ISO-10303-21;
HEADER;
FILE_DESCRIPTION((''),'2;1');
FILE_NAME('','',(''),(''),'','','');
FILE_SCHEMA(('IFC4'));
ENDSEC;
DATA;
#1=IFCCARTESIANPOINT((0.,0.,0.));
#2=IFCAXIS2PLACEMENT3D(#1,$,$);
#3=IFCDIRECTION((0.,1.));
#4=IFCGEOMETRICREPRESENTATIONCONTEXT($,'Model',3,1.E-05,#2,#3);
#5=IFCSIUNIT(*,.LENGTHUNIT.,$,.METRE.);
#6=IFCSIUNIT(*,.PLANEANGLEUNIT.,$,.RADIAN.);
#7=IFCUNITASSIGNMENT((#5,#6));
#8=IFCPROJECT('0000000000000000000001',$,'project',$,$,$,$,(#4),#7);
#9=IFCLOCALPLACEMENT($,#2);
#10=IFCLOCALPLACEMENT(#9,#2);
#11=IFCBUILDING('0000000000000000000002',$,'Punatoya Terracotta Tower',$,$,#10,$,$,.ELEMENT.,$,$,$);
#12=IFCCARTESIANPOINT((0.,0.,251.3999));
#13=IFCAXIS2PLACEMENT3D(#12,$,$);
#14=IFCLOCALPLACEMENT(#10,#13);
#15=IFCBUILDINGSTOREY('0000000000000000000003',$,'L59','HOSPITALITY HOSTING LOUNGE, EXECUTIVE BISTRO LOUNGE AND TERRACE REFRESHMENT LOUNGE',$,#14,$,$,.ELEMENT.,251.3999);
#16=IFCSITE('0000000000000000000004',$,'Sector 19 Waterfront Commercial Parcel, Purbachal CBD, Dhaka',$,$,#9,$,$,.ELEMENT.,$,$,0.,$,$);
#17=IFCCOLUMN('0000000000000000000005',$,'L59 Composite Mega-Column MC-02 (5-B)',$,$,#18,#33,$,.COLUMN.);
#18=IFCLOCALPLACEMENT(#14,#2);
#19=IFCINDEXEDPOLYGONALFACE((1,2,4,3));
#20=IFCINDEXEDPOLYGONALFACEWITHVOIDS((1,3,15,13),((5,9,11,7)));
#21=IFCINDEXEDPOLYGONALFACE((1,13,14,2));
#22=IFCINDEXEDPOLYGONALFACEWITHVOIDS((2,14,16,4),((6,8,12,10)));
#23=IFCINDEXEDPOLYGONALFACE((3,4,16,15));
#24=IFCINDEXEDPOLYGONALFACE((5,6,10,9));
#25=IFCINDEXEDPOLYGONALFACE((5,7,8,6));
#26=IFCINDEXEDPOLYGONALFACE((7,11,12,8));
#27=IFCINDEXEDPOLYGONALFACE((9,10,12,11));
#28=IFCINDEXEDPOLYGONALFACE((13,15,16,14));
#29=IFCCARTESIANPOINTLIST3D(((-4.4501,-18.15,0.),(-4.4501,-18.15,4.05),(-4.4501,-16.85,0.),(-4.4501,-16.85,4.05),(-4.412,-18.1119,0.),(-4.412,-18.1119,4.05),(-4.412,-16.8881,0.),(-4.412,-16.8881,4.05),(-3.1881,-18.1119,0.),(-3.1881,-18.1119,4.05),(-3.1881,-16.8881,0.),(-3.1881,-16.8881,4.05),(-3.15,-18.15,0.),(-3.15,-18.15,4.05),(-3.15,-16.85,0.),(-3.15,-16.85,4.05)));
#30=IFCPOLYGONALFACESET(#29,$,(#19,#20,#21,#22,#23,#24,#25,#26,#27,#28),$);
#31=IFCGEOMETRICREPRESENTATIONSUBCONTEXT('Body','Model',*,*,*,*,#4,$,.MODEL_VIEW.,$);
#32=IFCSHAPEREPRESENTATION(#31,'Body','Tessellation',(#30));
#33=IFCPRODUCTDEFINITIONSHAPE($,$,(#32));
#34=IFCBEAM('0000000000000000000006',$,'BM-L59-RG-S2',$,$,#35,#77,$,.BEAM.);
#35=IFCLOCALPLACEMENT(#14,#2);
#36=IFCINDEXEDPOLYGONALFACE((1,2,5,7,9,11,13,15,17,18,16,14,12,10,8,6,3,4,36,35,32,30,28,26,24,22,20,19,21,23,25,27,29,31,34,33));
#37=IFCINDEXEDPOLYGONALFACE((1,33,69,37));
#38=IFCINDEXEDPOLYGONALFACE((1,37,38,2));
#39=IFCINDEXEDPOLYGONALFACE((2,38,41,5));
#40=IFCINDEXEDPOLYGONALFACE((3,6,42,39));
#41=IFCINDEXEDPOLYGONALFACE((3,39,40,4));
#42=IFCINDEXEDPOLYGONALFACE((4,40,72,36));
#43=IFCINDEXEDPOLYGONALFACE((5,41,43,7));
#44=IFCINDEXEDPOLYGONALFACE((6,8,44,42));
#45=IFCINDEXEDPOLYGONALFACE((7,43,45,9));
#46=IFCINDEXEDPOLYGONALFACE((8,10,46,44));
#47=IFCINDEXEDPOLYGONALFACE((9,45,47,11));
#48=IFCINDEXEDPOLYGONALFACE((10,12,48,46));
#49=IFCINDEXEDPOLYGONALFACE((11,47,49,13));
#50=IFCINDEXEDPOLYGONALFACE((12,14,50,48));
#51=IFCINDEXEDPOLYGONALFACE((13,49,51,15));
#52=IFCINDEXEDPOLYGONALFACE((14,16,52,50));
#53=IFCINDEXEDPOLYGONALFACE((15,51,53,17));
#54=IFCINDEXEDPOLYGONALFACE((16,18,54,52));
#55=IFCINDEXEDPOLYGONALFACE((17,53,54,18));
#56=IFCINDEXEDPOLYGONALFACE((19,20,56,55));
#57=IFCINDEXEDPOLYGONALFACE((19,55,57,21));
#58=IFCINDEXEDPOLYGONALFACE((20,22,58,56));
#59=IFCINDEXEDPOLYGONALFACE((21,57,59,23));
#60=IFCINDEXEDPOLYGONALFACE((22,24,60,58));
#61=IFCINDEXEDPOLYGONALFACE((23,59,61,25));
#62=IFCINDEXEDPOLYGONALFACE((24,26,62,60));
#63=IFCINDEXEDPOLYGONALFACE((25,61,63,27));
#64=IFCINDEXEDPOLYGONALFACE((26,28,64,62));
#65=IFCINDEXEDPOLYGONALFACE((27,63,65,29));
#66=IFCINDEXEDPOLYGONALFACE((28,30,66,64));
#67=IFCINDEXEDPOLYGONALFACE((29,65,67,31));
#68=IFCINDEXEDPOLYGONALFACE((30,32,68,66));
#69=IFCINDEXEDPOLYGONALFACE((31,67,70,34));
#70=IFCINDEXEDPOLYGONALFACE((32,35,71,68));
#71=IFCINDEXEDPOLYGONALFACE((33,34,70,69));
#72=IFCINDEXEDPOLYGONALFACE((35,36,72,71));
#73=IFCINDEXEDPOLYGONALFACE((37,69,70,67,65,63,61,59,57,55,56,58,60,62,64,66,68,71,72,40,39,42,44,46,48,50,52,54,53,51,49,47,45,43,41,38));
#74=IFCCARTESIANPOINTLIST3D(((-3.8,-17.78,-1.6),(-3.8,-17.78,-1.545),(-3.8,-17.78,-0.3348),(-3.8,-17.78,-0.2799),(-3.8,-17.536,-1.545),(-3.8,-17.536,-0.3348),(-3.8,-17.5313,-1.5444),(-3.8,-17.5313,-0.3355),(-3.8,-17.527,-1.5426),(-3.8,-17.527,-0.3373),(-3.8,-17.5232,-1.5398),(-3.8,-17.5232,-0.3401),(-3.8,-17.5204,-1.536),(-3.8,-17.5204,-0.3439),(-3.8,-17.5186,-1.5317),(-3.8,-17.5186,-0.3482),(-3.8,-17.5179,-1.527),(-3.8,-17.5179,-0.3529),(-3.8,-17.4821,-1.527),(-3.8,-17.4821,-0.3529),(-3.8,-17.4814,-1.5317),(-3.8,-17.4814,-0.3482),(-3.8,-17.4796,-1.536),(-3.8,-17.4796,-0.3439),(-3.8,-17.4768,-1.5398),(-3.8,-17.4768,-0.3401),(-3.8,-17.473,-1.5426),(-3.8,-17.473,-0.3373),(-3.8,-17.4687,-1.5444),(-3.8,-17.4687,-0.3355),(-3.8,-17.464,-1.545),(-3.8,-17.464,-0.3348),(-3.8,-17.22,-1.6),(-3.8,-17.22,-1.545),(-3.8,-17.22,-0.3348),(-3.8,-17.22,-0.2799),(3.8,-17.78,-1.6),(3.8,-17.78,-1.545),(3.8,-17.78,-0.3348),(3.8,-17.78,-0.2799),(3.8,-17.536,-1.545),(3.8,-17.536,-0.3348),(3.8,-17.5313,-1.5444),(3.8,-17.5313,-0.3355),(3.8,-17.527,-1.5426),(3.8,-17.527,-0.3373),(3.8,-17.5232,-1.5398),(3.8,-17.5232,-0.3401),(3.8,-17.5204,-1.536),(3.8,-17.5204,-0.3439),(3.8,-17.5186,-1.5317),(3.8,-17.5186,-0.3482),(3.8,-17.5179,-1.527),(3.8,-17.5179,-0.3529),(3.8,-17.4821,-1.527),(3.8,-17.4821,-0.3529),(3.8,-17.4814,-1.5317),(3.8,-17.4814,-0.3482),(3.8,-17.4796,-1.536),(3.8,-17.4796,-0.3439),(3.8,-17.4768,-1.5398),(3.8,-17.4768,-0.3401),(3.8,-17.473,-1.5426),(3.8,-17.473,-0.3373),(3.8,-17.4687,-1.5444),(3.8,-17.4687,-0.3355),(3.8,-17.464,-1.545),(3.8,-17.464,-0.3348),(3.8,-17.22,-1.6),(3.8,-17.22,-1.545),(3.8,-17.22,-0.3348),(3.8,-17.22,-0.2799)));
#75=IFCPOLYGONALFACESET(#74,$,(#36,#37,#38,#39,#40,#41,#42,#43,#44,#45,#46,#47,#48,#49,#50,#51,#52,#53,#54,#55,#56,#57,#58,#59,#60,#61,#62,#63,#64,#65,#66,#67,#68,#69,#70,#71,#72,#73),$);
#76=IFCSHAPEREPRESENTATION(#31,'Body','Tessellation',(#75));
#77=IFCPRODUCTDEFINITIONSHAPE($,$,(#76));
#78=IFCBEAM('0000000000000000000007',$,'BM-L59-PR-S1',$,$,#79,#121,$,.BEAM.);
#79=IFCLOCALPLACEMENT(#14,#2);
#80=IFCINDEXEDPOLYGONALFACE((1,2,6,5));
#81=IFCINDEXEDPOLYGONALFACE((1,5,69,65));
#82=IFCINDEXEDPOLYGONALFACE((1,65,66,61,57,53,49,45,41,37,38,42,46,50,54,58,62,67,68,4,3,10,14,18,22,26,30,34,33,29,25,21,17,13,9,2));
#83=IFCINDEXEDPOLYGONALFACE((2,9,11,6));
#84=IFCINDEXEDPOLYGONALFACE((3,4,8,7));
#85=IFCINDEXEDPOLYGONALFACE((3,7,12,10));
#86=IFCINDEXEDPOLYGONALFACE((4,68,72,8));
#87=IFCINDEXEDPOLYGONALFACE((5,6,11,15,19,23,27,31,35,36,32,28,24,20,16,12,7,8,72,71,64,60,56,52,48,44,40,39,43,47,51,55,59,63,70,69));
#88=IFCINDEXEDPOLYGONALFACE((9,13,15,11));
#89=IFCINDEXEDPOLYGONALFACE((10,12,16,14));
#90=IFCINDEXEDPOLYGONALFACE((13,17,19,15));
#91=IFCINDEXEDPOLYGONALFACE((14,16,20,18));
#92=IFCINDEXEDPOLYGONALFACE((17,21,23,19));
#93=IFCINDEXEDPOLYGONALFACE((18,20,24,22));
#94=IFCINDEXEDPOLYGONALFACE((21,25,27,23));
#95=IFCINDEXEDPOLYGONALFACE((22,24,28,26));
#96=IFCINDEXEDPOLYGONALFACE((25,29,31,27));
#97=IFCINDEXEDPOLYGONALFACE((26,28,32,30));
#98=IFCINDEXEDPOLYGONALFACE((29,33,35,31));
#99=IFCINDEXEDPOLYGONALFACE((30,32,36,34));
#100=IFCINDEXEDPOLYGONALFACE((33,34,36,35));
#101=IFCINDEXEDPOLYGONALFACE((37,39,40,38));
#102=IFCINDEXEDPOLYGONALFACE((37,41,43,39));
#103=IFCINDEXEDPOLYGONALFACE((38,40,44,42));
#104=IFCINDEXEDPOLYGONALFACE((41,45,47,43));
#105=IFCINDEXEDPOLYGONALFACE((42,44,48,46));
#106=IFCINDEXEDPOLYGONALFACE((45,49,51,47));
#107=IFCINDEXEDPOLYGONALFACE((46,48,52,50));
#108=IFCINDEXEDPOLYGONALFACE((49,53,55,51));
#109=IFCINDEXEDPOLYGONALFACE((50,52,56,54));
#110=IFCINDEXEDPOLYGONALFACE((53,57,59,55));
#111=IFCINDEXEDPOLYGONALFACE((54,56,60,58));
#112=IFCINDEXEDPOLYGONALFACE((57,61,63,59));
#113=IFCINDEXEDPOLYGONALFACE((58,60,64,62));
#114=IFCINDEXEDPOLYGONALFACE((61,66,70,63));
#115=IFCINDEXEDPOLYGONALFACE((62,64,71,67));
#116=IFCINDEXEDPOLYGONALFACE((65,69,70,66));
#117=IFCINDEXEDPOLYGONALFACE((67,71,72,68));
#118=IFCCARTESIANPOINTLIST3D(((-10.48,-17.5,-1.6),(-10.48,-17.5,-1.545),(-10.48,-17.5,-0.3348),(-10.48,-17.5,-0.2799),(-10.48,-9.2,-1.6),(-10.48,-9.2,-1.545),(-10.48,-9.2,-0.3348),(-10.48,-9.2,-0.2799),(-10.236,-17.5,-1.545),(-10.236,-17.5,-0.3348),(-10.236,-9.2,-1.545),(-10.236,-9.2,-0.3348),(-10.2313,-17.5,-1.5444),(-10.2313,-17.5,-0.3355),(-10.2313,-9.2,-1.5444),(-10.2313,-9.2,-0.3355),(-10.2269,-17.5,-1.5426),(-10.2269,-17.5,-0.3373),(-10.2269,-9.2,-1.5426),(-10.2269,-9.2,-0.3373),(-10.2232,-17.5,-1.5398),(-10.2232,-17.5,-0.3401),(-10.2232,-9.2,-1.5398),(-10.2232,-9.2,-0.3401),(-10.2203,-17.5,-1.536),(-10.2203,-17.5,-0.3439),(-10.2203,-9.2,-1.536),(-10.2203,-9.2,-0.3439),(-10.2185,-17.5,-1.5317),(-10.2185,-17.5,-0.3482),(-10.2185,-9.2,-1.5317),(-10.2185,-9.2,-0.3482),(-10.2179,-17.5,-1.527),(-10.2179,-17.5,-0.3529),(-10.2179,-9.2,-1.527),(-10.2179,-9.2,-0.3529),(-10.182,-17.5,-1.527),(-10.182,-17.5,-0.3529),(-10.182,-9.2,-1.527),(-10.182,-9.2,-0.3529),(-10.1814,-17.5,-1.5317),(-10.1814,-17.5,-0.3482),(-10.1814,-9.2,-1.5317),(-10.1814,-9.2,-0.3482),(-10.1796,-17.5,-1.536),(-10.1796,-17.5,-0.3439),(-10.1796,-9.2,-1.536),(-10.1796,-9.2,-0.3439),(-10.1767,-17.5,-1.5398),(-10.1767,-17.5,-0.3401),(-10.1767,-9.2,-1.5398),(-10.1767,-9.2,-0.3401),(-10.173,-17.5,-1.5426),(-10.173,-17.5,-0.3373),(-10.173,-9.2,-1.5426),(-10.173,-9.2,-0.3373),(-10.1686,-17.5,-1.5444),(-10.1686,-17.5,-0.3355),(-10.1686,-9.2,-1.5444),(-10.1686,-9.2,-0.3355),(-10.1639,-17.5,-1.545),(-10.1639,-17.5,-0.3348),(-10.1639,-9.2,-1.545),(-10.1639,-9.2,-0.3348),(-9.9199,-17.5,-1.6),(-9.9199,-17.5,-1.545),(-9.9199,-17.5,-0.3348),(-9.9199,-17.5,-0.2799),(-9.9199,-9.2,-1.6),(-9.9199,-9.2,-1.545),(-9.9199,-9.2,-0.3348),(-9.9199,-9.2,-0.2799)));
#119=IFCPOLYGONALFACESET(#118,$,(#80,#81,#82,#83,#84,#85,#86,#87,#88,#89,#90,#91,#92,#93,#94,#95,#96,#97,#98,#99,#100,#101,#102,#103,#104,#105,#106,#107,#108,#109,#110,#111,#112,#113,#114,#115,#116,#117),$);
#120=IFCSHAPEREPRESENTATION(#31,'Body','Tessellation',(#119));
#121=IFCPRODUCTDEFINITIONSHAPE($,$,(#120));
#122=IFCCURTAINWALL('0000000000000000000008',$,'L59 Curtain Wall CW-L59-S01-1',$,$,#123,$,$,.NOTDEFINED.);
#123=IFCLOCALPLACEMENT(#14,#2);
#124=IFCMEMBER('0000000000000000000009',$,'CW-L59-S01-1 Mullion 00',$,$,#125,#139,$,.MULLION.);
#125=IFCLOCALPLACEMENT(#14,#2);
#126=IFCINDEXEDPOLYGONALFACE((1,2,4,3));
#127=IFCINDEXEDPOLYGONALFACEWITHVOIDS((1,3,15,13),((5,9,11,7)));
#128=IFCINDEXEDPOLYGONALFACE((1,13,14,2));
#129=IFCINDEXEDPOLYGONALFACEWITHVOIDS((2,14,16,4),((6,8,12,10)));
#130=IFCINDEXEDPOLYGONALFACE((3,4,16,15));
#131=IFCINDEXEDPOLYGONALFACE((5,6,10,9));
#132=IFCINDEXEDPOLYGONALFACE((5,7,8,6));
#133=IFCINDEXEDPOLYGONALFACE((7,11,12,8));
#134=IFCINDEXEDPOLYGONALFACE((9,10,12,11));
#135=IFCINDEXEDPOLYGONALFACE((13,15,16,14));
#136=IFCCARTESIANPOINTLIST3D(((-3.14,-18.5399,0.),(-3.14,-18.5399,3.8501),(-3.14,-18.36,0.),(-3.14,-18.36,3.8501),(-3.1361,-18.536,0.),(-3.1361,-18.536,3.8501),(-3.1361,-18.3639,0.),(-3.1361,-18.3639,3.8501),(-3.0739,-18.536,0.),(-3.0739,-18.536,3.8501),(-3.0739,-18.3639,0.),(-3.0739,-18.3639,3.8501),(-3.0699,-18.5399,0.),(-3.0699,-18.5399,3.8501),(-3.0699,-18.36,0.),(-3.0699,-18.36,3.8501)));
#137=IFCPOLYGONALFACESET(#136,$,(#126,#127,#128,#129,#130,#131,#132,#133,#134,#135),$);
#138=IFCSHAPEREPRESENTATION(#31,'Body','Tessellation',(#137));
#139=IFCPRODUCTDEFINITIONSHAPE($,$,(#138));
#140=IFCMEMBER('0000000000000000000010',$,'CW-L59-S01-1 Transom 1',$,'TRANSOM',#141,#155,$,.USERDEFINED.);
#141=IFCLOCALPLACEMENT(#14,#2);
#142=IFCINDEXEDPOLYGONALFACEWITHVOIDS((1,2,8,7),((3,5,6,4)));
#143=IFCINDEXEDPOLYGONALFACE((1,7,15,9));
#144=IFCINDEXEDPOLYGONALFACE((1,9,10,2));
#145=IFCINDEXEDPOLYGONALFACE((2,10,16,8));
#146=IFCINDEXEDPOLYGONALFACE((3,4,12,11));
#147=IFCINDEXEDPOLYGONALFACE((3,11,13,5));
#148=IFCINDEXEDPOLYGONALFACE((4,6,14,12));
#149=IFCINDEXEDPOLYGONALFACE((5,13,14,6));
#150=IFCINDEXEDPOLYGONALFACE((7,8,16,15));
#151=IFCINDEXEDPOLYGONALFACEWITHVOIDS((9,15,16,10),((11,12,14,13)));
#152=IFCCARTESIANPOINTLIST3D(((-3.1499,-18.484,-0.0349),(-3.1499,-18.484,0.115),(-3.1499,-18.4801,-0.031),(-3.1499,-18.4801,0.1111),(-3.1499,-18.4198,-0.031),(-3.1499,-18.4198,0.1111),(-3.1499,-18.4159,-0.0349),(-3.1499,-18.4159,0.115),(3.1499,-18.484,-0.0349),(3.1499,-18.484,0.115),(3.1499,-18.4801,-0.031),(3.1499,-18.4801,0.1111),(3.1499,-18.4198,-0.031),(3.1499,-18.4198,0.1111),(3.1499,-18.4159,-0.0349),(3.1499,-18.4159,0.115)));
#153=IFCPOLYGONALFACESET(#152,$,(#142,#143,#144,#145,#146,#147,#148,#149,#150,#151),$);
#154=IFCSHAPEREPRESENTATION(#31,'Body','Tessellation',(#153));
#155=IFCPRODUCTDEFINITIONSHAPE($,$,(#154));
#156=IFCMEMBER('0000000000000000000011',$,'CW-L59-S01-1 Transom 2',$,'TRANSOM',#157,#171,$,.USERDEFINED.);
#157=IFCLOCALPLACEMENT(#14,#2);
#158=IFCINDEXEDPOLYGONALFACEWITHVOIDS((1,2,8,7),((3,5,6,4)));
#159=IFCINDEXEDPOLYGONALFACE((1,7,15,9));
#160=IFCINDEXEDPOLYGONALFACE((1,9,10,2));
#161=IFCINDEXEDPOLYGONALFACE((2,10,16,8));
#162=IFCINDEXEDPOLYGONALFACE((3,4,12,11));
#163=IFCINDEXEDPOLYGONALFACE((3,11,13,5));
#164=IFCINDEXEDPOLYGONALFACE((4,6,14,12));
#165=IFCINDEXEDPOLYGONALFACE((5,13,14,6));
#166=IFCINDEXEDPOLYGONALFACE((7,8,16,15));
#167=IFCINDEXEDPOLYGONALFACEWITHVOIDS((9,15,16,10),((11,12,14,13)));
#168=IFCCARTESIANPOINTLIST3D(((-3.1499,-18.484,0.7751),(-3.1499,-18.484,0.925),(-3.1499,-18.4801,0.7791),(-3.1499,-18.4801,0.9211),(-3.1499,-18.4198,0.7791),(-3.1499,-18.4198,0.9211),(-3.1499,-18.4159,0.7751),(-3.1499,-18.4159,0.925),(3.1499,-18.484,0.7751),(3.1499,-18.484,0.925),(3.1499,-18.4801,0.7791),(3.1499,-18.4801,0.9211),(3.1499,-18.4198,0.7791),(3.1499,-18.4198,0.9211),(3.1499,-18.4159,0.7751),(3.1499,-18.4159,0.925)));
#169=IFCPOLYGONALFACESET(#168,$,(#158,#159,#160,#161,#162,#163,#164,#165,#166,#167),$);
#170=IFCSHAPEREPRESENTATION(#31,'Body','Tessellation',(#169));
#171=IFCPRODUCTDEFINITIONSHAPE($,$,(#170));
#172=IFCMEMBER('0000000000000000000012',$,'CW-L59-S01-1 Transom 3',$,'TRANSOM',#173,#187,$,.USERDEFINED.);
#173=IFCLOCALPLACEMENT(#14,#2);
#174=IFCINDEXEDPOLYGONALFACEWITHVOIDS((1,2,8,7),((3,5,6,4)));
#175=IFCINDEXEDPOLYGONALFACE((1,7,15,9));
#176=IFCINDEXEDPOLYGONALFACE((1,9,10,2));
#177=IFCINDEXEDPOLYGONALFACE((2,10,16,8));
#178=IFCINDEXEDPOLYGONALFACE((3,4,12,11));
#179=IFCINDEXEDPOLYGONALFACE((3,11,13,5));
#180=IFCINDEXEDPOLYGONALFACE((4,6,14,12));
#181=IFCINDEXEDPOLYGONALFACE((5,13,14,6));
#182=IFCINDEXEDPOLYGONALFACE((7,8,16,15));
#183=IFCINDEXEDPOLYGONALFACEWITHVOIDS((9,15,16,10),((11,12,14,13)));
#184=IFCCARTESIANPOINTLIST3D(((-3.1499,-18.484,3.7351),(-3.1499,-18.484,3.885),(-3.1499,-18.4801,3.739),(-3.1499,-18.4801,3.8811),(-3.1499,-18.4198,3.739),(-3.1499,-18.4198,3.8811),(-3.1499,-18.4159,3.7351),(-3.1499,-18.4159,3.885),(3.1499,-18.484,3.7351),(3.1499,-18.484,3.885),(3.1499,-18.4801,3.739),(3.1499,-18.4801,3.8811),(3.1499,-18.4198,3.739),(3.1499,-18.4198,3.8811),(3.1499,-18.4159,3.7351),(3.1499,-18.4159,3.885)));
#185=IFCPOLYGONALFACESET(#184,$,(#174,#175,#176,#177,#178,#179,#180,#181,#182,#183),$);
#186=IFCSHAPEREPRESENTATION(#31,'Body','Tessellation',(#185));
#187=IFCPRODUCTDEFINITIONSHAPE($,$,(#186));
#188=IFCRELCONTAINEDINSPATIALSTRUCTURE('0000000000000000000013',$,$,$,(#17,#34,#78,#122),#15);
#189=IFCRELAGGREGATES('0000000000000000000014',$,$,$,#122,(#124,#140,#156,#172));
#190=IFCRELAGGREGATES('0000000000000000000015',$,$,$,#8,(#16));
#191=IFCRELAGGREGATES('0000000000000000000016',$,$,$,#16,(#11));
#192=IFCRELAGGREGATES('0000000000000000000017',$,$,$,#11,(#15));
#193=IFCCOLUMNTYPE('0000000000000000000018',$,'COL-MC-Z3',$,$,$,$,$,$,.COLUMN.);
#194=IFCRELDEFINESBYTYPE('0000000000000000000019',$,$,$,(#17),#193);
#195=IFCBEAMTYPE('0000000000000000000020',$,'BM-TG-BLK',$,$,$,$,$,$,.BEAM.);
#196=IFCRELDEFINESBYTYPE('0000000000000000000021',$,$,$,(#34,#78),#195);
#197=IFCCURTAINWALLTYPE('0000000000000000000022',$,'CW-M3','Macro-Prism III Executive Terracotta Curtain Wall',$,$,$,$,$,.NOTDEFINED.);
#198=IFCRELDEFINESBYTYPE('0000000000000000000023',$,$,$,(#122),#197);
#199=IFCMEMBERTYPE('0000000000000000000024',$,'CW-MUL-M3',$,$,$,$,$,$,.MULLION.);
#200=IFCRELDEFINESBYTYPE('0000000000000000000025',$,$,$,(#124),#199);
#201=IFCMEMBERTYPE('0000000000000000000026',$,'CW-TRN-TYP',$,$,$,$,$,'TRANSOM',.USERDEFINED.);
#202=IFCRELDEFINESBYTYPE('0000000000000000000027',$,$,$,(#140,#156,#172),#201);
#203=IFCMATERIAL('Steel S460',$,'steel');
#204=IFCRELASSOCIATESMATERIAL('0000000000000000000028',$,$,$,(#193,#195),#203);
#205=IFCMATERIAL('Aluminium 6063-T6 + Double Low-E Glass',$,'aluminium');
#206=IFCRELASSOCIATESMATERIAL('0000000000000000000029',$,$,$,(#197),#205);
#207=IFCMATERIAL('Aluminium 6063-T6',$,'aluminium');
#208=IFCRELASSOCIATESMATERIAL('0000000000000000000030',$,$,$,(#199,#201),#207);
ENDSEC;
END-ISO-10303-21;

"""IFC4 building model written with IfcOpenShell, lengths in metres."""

from ifc_helpers import new_model, si_unit, direction, frame, origin, origin_2d, place, context, subcontext, project, spatial, hollow_rectangle, i_section, extrude, material, material_profile, profile_set, type_object, element, aggregate, save


model = new_model("IFC4")

# Units and contexts
model_context = context("Model", 3, precision=1e-05, world=origin(), true_north=direction((0.0, 1.0)))
body_context = subcontext(model_context, "Body", "Model", "MODEL_VIEW")
ifc_project = project(units=[si_unit("LENGTHUNIT", "METRE"), si_unit("PLANEANGLEUNIT", "RADIAN")], contexts=[model_context])

# Site, building, storey
site_placement = place(None, origin())
site = spatial("IfcSite", under=ifc_project, at=site_placement, Name="Sector 19 Waterfront Commercial Parcel, Purbachal CBD, Dhaka", CompositionType="ELEMENT", RefElevation=0.0)
building_placement = place(site_placement, origin())
building = spatial("IfcBuilding", under=site, at=building_placement, Name="Punatoya Terracotta Tower", CompositionType="ELEMENT")
storey_placement = place(building_placement, frame((0.0, 0.0, 251.3999)))
storey = spatial("IfcBuildingStorey", under=building, at=storey_placement, Name="L59", Description="HOSPITALITY HOSTING LOUNGE, EXECUTIVE BISTRO LOUNGE AND TERRACE REFRESHMENT LOUNGE", CompositionType="ELEMENT", Elevation=251.3999)

# Column
ifc_material_1 = material(Name="Steel S460", Category="steel")
ifc_material_profile_1 = material_profile(ifc_material_1, hollow_rectangle(XDim=1.3, YDim=1.3, WallThickness=0.0381, at=origin_2d()))
ifc_profile_set_1 = profile_set([ifc_material_profile_1], Name="Steel S460")
column_type = type_object("IfcColumnType", Name="COL-MC-Z3", PredefinedType="COLUMN", material=ifc_profile_set_1)
column_placement = place(storey_placement, frame((-3.8, -17.5, 0.0), z_axis=(0.0, 0.0, 1.0), x_axis=(1.0, 0.0, 0.0)))
element("IfcColumn", 1, at=column_placement, inside=storey, type_object=column_type, Name="L59 Composite Mega-Column MC-02 (5-B)", PredefinedType="COLUMN", context=body_context, shape_type="SweptSolid", body=[
    extrude(hollow_rectangle(XDim=1.3, YDim=1.3, WallThickness=0.0381, at=origin_2d()), origin(), (0.0, 0.0, 1.0), 4.05),
])

# Beams
ifc_material_profile_2 = material_profile(ifc_material_1, i_section(OverallWidth=0.5601, OverallDepth=1.3201, WebThickness=0.0359, FlangeThickness=0.0549, FilletRadius=0.0181, at=origin_2d()))
ifc_profile_set_2 = profile_set([ifc_material_profile_2], Name="Steel S460")
beam_type = type_object("IfcBeamType", Name="BM-TG-BLK", PredefinedType="BEAM", material=ifc_profile_set_2)
beam_1_placement = place(storey_placement, frame((-3.8, -17.5, -0.9399), z_axis=(1.0, 0.0, 0.0), x_axis=(0.0, 1.0, 0.0)))
element("IfcBeam", 2, at=beam_1_placement, inside=storey, type_object=beam_type, Name="BM-L59-RG-S2", PredefinedType="BEAM", context=body_context, shape_type="SweptSolid", body=[
    extrude(i_section(OverallWidth=0.5601, OverallDepth=1.3201, WebThickness=0.0359, FlangeThickness=0.0549, FilletRadius=0.0181, at=origin_2d()), origin(), (0.0, 0.0, 1.0), 7.6001),
])
beam_2_placement = place(storey_placement, frame((-10.2, -17.5, -0.9399), z_axis=(0.0, 1.0, 0.0), x_axis=(-1.0, 0.0, 0.0)))
element("IfcBeam", 3, at=beam_2_placement, inside=storey, type_object=beam_type, Name="BM-L59-PR-S1", PredefinedType="BEAM", context=body_context, shape_type="SweptSolid", body=[
    extrude(i_section(OverallWidth=0.5601, OverallDepth=1.3201, WebThickness=0.0359, FlangeThickness=0.0549, FilletRadius=0.0181, at=origin_2d()), origin(), (0.0, 0.0, 1.0), 8.3),
])

# Curtain wall, members
ifc_material_2 = material(Name="Aluminium 6063-T6 + Double Low-E Glass", Category="aluminium")
curtain_wall_type = type_object("IfcCurtainWallType", Name="CW-M3", Description="Macro-Prism III Executive Terracotta Curtain Wall", PredefinedType="NOTDEFINED", material=ifc_material_2)
curtain_wall_placement = place(storey_placement, origin())
curtain_wall = element("IfcCurtainWall", 4, at=curtain_wall_placement, inside=storey, type_object=curtain_wall_type, Name="L59 Curtain Wall CW-L59-S01-1", PredefinedType="NOTDEFINED")
ifc_material_3 = material(Name="Aluminium 6063-T6", Category="aluminium")
ifc_material_profile_3 = material_profile(ifc_material_3, hollow_rectangle(XDim=0.0701, YDim=0.1799, WallThickness=0.0039, at=origin_2d()))
ifc_profile_set_3 = profile_set([ifc_material_profile_3], Name="Aluminium 6063-T6")
member_type_1 = type_object("IfcMemberType", Name="CW-MUL-M3", PredefinedType="MULLION", material=ifc_profile_set_3)
member_1_placement = place(storey_placement, frame((-3.105, -18.45, 0.0), z_axis=(0.0, 0.0, 1.0), x_axis=(1.0, 0.0, 0.0)))
member_1 = element("IfcMember", 5, at=member_1_placement, type_object=member_type_1, Name="CW-L59-S01-1 Mullion 00", PredefinedType="MULLION", context=body_context, shape_type="SweptSolid", body=[
    extrude(hollow_rectangle(XDim=0.0701, YDim=0.1799, WallThickness=0.0039, at=origin_2d()), origin(), (0.0, 0.0, 1.0), 3.8501),
])
ifc_material_profile_4 = material_profile(ifc_material_3, hollow_rectangle(XDim=0.0681, YDim=0.1499, WallThickness=0.0039, at=origin_2d()))
ifc_profile_set_4 = profile_set([ifc_material_profile_4], Name="Aluminium 6063-T6")
member_type_2 = type_object("IfcMemberType", Name="CW-TRN-TYP", ElementType="TRANSOM", PredefinedType="USERDEFINED", material=ifc_profile_set_4)
member_2_placement = place(storey_placement, frame((-3.1499, -18.45, 0.04), z_axis=(1.0, 0.0, 0.0), x_axis=(0.0, 1.0, 0.0)))
member_2 = element("IfcMember", 6, at=member_2_placement, type_object=member_type_2, Name="CW-L59-S01-1 Transom 1", ObjectType="TRANSOM", PredefinedType="USERDEFINED", context=body_context, shape_type="SweptSolid", body=[
    extrude(hollow_rectangle(XDim=0.0681, YDim=0.1499, WallThickness=0.0039, at=origin_2d()), origin(), (0.0, 0.0, 1.0), 6.2998),
])
member_3_placement = place(storey_placement, frame((-3.1499, -18.45, 0.8501), z_axis=(1.0, 0.0, 0.0), x_axis=(0.0, 1.0, 0.0)))
member_3 = element("IfcMember", 7, at=member_3_placement, type_object=member_type_2, Name="CW-L59-S01-1 Transom 2", ObjectType="TRANSOM", PredefinedType="USERDEFINED", context=body_context, shape_type="SweptSolid", body=[
    extrude(hollow_rectangle(XDim=0.0681, YDim=0.1499, WallThickness=0.0039, at=origin_2d()), origin(), (0.0, 0.0, 1.0), 6.2998),
])
member_4_placement = place(storey_placement, frame((-3.1499, -18.45, 3.8101), z_axis=(1.0, 0.0, 0.0), x_axis=(0.0, 1.0, 0.0)))
member_4 = element("IfcMember", 8, at=member_4_placement, type_object=member_type_2, Name="CW-L59-S01-1 Transom 3", ObjectType="TRANSOM", PredefinedType="USERDEFINED", context=body_context, shape_type="SweptSolid", body=[
    extrude(hollow_rectangle(XDim=0.0681, YDim=0.1499, WallThickness=0.0039, at=origin_2d()), origin(), (0.0, 0.0, 1.0), 6.2998),
])

aggregate(curtain_wall, [member_1, member_2, member_3, member_4])

save(model, "model.ifc")
